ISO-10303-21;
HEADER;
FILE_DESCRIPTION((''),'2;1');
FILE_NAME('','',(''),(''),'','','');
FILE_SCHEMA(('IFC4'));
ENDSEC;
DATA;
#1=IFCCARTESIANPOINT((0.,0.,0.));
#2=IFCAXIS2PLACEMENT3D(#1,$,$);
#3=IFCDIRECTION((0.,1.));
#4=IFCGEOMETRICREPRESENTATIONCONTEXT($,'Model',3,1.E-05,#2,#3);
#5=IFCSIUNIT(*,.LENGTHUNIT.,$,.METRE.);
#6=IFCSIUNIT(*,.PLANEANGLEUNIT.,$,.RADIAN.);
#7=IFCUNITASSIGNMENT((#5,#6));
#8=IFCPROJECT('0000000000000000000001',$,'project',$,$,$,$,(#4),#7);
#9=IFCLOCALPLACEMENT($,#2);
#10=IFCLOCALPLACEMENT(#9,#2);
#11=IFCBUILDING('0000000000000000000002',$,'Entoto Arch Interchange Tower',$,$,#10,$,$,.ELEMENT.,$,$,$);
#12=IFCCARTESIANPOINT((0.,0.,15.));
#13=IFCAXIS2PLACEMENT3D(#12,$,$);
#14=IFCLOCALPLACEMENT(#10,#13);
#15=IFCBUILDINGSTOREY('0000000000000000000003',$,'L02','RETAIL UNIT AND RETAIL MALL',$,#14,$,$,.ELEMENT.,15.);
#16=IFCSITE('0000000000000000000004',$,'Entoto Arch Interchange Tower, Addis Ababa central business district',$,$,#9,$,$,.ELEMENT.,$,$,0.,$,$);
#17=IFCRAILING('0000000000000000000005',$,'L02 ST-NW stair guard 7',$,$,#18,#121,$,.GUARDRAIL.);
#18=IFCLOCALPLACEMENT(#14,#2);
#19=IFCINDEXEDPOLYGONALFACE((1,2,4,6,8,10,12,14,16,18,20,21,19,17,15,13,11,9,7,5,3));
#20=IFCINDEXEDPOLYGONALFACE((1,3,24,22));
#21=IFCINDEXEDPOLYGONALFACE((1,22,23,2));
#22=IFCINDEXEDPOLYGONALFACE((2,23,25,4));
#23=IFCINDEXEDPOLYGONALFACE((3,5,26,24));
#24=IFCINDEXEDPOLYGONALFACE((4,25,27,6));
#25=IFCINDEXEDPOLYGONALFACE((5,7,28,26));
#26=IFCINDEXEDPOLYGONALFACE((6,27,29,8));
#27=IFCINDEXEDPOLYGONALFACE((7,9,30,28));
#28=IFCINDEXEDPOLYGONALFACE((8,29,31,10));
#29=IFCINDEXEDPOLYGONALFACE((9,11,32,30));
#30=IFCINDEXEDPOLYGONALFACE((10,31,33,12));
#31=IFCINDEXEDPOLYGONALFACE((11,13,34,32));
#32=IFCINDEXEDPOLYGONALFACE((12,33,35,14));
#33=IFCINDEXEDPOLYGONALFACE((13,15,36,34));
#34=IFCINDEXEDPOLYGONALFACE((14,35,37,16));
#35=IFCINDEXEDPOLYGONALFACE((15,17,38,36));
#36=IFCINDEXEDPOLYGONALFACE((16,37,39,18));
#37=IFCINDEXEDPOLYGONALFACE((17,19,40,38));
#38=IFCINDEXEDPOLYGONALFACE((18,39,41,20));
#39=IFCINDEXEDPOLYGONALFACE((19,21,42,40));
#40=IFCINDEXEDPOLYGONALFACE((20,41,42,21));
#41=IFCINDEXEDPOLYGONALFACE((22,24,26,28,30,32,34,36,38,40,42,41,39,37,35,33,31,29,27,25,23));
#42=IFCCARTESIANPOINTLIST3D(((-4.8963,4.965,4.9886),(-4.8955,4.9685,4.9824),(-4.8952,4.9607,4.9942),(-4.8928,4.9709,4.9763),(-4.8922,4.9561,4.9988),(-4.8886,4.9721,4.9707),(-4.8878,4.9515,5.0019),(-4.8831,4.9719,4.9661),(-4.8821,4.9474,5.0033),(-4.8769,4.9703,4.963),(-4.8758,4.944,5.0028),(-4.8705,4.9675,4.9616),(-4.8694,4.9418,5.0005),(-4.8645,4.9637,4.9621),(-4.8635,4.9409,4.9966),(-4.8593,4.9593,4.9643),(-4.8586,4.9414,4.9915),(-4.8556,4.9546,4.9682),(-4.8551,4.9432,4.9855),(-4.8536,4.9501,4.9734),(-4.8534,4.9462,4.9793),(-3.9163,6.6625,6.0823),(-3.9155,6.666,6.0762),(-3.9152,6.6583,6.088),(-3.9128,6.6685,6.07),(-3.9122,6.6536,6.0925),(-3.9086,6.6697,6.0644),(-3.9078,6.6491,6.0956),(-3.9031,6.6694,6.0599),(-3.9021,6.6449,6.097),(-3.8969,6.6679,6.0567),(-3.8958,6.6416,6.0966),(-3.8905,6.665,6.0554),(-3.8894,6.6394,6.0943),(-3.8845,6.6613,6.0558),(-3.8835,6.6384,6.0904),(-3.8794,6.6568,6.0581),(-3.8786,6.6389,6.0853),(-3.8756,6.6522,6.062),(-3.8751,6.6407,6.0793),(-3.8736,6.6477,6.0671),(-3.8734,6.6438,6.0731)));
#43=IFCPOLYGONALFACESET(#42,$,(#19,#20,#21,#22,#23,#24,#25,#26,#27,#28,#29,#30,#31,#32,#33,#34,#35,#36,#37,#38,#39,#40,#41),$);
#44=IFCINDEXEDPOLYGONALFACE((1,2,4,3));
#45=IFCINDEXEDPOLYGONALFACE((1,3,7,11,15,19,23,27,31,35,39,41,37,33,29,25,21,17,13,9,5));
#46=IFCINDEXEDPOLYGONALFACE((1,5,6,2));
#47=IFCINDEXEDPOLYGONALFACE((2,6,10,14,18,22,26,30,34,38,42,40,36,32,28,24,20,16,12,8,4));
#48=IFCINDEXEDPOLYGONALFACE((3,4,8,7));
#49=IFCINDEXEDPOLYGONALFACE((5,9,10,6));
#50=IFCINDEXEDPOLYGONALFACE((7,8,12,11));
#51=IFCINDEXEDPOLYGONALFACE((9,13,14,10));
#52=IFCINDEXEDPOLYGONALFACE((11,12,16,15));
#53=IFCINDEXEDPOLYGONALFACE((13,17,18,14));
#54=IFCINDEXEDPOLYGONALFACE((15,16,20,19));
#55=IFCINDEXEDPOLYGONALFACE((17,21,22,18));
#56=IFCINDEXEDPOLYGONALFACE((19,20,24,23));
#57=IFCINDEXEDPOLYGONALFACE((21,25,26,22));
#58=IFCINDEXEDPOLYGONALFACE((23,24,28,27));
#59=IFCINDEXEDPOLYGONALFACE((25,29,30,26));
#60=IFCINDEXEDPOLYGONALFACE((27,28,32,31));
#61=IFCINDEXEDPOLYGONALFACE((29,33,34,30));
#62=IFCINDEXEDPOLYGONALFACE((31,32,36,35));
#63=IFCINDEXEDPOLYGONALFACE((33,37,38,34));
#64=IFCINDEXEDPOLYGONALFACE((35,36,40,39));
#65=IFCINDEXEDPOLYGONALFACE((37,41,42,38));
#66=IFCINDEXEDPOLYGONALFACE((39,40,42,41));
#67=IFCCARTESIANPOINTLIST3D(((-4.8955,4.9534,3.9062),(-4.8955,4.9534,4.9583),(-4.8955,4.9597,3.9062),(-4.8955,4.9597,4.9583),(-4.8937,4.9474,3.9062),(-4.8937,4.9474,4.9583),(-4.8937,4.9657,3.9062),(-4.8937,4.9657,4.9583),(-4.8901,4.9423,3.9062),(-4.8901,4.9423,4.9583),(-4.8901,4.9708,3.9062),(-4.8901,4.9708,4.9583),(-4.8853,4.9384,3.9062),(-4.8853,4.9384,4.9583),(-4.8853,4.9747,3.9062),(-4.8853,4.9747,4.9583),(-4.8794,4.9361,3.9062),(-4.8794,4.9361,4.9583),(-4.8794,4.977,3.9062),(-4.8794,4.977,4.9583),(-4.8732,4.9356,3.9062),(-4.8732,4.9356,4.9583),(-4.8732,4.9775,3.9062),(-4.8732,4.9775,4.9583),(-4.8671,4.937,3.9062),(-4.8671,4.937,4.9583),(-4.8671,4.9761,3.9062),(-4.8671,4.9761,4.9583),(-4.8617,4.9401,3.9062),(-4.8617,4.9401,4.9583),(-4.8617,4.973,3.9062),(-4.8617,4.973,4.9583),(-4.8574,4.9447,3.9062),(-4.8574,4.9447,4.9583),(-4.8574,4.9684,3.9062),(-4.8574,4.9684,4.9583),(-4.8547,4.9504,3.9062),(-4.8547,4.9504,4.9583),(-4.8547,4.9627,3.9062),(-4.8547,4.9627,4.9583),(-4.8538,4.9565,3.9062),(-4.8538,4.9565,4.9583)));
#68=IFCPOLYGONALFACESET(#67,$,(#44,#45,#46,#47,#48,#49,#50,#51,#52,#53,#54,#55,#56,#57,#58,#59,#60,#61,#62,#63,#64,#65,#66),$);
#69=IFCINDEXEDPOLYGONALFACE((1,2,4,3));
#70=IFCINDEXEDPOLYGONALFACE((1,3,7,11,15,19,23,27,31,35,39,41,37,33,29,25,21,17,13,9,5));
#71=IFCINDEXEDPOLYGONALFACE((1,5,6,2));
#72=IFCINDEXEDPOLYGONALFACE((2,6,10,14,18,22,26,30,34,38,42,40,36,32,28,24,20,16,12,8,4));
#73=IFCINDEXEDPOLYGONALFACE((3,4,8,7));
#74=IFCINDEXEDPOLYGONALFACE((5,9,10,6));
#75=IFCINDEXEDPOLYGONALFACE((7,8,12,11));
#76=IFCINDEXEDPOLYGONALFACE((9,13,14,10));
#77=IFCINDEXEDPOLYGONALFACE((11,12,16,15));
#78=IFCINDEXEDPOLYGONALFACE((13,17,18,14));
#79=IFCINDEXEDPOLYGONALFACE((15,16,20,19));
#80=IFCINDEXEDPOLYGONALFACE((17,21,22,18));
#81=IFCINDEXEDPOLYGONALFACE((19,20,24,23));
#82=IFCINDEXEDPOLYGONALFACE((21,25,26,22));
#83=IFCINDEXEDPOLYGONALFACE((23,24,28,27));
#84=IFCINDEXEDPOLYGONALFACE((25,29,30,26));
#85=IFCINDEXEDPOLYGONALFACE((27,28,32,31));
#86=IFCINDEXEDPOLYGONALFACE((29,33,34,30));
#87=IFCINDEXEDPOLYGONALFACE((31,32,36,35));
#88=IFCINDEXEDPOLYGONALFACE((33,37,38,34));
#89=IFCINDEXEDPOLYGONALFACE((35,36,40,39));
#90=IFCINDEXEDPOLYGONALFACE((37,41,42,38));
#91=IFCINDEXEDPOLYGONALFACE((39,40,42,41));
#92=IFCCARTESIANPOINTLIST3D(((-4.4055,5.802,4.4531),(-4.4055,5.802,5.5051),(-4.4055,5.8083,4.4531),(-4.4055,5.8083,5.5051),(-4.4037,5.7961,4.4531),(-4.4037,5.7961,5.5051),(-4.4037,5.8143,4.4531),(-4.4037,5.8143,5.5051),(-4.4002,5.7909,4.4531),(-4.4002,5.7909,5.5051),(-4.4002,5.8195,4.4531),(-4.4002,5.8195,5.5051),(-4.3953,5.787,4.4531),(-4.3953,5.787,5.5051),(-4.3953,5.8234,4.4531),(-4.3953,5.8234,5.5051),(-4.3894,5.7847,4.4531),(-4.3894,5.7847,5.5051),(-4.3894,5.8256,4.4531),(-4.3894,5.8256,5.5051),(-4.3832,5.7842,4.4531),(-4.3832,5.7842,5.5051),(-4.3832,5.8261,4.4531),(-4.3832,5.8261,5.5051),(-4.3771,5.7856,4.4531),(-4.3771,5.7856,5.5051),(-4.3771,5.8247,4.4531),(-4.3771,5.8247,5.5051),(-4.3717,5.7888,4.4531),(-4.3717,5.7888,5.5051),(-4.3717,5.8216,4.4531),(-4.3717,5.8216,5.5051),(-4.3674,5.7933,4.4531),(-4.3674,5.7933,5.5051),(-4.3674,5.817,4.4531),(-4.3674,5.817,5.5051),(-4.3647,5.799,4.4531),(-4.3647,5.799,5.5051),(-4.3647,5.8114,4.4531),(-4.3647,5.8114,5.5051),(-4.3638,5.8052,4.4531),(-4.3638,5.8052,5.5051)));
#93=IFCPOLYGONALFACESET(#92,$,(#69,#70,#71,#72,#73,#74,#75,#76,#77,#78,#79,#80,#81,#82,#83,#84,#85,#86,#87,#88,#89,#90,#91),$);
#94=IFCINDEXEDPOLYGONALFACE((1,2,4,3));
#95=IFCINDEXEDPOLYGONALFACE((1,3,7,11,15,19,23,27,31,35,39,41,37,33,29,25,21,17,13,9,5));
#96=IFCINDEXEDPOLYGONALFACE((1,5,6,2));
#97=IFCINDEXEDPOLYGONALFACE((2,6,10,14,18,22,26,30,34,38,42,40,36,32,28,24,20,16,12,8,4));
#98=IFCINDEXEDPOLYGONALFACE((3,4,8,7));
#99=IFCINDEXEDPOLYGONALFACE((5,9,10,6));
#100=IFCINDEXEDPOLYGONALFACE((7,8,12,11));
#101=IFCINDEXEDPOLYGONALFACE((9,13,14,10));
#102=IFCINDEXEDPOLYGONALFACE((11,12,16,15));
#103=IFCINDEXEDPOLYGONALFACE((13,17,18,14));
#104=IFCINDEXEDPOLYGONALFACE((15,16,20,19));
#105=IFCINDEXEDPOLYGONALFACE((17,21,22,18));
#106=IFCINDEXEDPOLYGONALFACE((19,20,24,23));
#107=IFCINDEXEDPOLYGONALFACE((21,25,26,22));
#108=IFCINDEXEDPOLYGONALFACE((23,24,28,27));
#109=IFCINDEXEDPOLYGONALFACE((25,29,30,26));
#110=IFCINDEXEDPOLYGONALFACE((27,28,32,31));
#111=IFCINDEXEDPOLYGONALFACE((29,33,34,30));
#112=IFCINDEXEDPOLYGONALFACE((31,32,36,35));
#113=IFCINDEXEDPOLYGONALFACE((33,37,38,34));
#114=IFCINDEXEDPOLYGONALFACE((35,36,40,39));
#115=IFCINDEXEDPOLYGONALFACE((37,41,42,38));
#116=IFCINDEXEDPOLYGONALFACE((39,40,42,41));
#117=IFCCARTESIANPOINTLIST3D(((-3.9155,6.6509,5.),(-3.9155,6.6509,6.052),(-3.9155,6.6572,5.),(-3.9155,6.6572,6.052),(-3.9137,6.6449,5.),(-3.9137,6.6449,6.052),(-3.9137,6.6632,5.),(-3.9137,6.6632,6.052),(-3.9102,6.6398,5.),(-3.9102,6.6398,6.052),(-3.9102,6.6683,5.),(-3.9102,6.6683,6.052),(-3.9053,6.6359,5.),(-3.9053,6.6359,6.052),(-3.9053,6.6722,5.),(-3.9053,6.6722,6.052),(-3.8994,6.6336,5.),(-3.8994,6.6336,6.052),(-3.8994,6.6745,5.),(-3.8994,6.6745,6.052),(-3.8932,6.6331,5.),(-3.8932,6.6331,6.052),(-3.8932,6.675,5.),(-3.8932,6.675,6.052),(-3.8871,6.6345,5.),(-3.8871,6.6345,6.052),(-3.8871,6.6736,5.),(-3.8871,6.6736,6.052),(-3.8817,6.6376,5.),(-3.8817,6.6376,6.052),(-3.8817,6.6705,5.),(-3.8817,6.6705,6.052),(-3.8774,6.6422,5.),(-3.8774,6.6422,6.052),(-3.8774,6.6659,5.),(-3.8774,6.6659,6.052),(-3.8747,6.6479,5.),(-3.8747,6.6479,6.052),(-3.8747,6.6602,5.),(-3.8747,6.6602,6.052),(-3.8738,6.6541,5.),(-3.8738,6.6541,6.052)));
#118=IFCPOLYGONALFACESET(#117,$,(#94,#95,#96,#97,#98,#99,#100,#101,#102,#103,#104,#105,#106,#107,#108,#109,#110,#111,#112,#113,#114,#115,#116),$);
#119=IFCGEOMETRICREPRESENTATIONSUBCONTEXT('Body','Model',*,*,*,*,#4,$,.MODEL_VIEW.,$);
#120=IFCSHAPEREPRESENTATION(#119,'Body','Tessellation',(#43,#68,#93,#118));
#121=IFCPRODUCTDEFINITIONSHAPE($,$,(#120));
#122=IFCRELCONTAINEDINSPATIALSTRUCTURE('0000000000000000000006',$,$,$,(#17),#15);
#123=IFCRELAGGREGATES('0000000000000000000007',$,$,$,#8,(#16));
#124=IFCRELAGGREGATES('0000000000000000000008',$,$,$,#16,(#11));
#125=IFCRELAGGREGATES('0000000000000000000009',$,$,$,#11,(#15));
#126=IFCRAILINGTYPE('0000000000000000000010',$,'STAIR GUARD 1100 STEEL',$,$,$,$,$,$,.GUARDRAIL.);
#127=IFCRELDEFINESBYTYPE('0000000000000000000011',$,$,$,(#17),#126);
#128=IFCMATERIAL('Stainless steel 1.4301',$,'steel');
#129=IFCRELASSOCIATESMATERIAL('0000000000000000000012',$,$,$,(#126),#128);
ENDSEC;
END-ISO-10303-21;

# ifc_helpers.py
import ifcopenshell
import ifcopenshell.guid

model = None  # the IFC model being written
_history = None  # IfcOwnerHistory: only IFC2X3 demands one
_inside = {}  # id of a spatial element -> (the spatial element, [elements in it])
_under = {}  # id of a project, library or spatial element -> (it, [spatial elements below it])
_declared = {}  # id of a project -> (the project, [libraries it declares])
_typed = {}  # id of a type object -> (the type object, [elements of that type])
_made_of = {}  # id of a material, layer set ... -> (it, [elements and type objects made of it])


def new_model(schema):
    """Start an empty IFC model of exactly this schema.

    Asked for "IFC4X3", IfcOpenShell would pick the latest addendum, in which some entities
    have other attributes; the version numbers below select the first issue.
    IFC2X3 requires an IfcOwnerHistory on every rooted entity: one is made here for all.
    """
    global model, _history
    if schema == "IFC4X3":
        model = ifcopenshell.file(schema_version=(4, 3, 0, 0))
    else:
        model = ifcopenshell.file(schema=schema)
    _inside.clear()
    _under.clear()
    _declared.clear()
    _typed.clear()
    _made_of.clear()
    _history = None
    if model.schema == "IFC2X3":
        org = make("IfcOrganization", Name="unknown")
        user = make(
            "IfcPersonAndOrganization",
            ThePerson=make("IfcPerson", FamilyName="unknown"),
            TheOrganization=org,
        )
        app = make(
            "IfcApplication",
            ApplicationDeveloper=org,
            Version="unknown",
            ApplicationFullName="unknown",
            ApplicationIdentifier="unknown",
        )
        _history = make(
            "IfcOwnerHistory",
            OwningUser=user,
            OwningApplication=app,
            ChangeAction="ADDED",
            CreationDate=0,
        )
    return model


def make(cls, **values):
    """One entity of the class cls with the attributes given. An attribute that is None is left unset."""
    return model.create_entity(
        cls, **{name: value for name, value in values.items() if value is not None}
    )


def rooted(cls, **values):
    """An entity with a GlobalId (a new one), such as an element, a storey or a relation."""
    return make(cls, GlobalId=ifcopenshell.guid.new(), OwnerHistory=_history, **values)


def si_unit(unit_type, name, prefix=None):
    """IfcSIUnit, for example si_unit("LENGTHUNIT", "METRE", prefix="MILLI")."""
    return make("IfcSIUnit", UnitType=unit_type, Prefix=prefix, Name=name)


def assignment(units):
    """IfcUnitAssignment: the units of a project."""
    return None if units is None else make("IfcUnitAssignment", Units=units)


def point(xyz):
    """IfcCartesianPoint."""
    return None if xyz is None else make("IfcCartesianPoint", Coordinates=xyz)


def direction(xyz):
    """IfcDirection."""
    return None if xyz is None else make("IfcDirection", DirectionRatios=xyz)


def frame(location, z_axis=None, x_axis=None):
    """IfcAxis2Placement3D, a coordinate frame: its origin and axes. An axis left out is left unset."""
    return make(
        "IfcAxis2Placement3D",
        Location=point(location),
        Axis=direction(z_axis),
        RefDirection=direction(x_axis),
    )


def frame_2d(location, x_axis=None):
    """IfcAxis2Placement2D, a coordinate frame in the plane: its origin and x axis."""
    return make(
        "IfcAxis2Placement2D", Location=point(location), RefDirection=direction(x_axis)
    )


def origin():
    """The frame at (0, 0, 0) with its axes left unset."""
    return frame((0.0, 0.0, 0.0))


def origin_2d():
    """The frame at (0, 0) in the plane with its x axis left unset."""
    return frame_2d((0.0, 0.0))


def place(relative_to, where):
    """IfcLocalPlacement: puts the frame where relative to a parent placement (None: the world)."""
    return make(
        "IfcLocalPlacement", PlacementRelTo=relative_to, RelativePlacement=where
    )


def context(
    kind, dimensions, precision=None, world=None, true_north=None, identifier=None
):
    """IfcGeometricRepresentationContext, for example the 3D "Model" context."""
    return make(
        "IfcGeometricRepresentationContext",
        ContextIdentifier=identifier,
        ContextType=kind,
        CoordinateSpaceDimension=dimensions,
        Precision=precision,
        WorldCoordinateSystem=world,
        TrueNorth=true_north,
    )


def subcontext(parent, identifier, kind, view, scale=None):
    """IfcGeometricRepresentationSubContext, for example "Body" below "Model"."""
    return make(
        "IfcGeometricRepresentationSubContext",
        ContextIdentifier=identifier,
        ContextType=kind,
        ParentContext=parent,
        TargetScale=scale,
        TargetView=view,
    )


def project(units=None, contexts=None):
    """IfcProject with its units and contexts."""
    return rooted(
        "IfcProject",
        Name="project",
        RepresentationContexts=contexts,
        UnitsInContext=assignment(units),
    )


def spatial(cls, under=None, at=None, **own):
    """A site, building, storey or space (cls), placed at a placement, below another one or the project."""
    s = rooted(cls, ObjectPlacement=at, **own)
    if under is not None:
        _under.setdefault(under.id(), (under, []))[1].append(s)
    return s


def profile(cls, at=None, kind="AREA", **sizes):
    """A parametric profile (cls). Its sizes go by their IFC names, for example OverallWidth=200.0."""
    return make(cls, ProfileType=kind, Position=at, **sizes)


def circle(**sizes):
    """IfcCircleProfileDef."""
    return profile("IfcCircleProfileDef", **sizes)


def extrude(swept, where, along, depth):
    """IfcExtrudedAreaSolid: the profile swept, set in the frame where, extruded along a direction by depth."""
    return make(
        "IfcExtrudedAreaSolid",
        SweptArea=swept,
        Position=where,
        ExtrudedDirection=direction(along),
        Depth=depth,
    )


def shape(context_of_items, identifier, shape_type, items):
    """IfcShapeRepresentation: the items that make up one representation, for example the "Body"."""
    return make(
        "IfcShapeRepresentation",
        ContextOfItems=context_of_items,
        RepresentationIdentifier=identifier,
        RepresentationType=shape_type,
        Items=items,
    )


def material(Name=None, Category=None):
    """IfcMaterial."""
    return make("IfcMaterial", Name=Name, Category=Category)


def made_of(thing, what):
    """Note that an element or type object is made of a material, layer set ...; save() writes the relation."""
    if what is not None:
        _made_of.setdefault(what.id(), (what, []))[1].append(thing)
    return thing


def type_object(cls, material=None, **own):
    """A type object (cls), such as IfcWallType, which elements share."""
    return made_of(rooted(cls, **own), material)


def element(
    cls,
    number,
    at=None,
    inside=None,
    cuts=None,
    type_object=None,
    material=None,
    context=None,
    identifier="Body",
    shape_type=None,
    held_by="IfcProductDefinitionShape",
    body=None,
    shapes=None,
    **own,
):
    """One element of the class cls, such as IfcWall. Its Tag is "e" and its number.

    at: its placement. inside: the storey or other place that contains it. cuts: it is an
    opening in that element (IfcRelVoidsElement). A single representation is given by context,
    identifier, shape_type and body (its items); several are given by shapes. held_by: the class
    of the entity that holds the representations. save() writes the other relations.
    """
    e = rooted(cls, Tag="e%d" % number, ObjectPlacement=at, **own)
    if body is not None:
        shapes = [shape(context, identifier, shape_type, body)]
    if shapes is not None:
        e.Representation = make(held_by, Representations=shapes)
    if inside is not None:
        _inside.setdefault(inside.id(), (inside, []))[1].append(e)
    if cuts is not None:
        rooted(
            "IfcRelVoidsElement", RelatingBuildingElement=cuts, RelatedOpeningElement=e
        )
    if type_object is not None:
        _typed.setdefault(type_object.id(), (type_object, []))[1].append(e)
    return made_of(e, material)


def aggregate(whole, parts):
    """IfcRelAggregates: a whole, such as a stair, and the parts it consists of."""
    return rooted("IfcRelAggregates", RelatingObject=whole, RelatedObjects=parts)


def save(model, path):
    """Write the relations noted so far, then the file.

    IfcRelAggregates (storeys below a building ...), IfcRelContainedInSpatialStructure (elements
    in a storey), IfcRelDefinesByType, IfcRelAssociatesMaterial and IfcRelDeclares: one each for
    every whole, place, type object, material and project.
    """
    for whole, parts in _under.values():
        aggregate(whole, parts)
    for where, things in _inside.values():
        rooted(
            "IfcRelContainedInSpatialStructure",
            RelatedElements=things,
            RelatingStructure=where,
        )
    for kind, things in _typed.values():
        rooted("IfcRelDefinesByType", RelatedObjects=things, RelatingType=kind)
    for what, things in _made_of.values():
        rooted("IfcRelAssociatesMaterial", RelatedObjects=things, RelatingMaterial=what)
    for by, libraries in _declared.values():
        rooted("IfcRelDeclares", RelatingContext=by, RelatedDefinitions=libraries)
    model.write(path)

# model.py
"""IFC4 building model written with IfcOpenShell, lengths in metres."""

from ifc_helpers import new_model, si_unit, direction, frame, origin, origin_2d, place, context, subcontext, project, spatial, circle, extrude, material, type_object, element, save


model = new_model("IFC4")

# Units and contexts
model_context = context("Model", 3, precision=1e-05, world=origin(), true_north=direction((0.0, 1.0)))
body_context = subcontext(model_context, "Body", "Model", "MODEL_VIEW")
ifc_project = project(units=[si_unit("LENGTHUNIT", "METRE"), si_unit("PLANEANGLEUNIT", "RADIAN")], contexts=[model_context])

# Site, building, storey
site_placement = place(None, origin())
site = spatial("IfcSite", under=ifc_project, at=site_placement, Name="Entoto Arch Interchange Tower, Addis Ababa central business district", CompositionType="ELEMENT", RefElevation=0.0)
building_placement = place(site_placement, origin())
building = spatial("IfcBuilding", under=site, at=building_placement, Name="Entoto Arch Interchange Tower", CompositionType="ELEMENT")
storey_placement = place(building_placement, frame((0.0, 0.0, 15.0)))
storey = spatial("IfcBuildingStorey", under=building, at=storey_placement, Name="L02", Description="RETAIL UNIT AND RETAIL MALL", CompositionType="ELEMENT", Elevation=15.0)

# Railing
ifc_material_1 = material(Name="Stainless steel 1.4301", Category="steel")
railing_type = type_object("IfcRailingType", Name="STAIR GUARD 1100 STEEL", PredefinedType="GUARDRAIL", material=ifc_material_1)
railing_1_placement = place(storey_placement, frame((-4.8748, 4.9565, 3.9062)))
element("IfcRailing", 1, at=railing_1_placement, inside=storey, type_object=railing_type, Name="L02 ST-NW stair guard 7", PredefinedType="GUARDRAIL", context=body_context, shape_type="SweptSolid", body=[
    extrude(circle(Radius=0.0239, at=origin_2d()), frame((0.0, 0.0, 1.0762), z_axis=(0.436596, 0.756267, 0.487282), x_axis=(-0.866042, 0.49997, 0.0)), (0.0, 0.0, 1.0), 2.2446),
    extrude(circle(Radius=0.021, at=origin_2d()), origin(), (0.0, 0.0, 1.0), 1.052),
    extrude(circle(Radius=0.021, at=origin_2d()), frame((0.49, 0.8486, 0.5469)), (0.0, 0.0, 1.0), 1.052),
    extrude(circle(Radius=0.021, at=origin_2d()), frame((0.98, 1.6975, 1.0938)), (0.0, 0.0, 1.0), 1.052),
])

save(model, "model.ifc")
